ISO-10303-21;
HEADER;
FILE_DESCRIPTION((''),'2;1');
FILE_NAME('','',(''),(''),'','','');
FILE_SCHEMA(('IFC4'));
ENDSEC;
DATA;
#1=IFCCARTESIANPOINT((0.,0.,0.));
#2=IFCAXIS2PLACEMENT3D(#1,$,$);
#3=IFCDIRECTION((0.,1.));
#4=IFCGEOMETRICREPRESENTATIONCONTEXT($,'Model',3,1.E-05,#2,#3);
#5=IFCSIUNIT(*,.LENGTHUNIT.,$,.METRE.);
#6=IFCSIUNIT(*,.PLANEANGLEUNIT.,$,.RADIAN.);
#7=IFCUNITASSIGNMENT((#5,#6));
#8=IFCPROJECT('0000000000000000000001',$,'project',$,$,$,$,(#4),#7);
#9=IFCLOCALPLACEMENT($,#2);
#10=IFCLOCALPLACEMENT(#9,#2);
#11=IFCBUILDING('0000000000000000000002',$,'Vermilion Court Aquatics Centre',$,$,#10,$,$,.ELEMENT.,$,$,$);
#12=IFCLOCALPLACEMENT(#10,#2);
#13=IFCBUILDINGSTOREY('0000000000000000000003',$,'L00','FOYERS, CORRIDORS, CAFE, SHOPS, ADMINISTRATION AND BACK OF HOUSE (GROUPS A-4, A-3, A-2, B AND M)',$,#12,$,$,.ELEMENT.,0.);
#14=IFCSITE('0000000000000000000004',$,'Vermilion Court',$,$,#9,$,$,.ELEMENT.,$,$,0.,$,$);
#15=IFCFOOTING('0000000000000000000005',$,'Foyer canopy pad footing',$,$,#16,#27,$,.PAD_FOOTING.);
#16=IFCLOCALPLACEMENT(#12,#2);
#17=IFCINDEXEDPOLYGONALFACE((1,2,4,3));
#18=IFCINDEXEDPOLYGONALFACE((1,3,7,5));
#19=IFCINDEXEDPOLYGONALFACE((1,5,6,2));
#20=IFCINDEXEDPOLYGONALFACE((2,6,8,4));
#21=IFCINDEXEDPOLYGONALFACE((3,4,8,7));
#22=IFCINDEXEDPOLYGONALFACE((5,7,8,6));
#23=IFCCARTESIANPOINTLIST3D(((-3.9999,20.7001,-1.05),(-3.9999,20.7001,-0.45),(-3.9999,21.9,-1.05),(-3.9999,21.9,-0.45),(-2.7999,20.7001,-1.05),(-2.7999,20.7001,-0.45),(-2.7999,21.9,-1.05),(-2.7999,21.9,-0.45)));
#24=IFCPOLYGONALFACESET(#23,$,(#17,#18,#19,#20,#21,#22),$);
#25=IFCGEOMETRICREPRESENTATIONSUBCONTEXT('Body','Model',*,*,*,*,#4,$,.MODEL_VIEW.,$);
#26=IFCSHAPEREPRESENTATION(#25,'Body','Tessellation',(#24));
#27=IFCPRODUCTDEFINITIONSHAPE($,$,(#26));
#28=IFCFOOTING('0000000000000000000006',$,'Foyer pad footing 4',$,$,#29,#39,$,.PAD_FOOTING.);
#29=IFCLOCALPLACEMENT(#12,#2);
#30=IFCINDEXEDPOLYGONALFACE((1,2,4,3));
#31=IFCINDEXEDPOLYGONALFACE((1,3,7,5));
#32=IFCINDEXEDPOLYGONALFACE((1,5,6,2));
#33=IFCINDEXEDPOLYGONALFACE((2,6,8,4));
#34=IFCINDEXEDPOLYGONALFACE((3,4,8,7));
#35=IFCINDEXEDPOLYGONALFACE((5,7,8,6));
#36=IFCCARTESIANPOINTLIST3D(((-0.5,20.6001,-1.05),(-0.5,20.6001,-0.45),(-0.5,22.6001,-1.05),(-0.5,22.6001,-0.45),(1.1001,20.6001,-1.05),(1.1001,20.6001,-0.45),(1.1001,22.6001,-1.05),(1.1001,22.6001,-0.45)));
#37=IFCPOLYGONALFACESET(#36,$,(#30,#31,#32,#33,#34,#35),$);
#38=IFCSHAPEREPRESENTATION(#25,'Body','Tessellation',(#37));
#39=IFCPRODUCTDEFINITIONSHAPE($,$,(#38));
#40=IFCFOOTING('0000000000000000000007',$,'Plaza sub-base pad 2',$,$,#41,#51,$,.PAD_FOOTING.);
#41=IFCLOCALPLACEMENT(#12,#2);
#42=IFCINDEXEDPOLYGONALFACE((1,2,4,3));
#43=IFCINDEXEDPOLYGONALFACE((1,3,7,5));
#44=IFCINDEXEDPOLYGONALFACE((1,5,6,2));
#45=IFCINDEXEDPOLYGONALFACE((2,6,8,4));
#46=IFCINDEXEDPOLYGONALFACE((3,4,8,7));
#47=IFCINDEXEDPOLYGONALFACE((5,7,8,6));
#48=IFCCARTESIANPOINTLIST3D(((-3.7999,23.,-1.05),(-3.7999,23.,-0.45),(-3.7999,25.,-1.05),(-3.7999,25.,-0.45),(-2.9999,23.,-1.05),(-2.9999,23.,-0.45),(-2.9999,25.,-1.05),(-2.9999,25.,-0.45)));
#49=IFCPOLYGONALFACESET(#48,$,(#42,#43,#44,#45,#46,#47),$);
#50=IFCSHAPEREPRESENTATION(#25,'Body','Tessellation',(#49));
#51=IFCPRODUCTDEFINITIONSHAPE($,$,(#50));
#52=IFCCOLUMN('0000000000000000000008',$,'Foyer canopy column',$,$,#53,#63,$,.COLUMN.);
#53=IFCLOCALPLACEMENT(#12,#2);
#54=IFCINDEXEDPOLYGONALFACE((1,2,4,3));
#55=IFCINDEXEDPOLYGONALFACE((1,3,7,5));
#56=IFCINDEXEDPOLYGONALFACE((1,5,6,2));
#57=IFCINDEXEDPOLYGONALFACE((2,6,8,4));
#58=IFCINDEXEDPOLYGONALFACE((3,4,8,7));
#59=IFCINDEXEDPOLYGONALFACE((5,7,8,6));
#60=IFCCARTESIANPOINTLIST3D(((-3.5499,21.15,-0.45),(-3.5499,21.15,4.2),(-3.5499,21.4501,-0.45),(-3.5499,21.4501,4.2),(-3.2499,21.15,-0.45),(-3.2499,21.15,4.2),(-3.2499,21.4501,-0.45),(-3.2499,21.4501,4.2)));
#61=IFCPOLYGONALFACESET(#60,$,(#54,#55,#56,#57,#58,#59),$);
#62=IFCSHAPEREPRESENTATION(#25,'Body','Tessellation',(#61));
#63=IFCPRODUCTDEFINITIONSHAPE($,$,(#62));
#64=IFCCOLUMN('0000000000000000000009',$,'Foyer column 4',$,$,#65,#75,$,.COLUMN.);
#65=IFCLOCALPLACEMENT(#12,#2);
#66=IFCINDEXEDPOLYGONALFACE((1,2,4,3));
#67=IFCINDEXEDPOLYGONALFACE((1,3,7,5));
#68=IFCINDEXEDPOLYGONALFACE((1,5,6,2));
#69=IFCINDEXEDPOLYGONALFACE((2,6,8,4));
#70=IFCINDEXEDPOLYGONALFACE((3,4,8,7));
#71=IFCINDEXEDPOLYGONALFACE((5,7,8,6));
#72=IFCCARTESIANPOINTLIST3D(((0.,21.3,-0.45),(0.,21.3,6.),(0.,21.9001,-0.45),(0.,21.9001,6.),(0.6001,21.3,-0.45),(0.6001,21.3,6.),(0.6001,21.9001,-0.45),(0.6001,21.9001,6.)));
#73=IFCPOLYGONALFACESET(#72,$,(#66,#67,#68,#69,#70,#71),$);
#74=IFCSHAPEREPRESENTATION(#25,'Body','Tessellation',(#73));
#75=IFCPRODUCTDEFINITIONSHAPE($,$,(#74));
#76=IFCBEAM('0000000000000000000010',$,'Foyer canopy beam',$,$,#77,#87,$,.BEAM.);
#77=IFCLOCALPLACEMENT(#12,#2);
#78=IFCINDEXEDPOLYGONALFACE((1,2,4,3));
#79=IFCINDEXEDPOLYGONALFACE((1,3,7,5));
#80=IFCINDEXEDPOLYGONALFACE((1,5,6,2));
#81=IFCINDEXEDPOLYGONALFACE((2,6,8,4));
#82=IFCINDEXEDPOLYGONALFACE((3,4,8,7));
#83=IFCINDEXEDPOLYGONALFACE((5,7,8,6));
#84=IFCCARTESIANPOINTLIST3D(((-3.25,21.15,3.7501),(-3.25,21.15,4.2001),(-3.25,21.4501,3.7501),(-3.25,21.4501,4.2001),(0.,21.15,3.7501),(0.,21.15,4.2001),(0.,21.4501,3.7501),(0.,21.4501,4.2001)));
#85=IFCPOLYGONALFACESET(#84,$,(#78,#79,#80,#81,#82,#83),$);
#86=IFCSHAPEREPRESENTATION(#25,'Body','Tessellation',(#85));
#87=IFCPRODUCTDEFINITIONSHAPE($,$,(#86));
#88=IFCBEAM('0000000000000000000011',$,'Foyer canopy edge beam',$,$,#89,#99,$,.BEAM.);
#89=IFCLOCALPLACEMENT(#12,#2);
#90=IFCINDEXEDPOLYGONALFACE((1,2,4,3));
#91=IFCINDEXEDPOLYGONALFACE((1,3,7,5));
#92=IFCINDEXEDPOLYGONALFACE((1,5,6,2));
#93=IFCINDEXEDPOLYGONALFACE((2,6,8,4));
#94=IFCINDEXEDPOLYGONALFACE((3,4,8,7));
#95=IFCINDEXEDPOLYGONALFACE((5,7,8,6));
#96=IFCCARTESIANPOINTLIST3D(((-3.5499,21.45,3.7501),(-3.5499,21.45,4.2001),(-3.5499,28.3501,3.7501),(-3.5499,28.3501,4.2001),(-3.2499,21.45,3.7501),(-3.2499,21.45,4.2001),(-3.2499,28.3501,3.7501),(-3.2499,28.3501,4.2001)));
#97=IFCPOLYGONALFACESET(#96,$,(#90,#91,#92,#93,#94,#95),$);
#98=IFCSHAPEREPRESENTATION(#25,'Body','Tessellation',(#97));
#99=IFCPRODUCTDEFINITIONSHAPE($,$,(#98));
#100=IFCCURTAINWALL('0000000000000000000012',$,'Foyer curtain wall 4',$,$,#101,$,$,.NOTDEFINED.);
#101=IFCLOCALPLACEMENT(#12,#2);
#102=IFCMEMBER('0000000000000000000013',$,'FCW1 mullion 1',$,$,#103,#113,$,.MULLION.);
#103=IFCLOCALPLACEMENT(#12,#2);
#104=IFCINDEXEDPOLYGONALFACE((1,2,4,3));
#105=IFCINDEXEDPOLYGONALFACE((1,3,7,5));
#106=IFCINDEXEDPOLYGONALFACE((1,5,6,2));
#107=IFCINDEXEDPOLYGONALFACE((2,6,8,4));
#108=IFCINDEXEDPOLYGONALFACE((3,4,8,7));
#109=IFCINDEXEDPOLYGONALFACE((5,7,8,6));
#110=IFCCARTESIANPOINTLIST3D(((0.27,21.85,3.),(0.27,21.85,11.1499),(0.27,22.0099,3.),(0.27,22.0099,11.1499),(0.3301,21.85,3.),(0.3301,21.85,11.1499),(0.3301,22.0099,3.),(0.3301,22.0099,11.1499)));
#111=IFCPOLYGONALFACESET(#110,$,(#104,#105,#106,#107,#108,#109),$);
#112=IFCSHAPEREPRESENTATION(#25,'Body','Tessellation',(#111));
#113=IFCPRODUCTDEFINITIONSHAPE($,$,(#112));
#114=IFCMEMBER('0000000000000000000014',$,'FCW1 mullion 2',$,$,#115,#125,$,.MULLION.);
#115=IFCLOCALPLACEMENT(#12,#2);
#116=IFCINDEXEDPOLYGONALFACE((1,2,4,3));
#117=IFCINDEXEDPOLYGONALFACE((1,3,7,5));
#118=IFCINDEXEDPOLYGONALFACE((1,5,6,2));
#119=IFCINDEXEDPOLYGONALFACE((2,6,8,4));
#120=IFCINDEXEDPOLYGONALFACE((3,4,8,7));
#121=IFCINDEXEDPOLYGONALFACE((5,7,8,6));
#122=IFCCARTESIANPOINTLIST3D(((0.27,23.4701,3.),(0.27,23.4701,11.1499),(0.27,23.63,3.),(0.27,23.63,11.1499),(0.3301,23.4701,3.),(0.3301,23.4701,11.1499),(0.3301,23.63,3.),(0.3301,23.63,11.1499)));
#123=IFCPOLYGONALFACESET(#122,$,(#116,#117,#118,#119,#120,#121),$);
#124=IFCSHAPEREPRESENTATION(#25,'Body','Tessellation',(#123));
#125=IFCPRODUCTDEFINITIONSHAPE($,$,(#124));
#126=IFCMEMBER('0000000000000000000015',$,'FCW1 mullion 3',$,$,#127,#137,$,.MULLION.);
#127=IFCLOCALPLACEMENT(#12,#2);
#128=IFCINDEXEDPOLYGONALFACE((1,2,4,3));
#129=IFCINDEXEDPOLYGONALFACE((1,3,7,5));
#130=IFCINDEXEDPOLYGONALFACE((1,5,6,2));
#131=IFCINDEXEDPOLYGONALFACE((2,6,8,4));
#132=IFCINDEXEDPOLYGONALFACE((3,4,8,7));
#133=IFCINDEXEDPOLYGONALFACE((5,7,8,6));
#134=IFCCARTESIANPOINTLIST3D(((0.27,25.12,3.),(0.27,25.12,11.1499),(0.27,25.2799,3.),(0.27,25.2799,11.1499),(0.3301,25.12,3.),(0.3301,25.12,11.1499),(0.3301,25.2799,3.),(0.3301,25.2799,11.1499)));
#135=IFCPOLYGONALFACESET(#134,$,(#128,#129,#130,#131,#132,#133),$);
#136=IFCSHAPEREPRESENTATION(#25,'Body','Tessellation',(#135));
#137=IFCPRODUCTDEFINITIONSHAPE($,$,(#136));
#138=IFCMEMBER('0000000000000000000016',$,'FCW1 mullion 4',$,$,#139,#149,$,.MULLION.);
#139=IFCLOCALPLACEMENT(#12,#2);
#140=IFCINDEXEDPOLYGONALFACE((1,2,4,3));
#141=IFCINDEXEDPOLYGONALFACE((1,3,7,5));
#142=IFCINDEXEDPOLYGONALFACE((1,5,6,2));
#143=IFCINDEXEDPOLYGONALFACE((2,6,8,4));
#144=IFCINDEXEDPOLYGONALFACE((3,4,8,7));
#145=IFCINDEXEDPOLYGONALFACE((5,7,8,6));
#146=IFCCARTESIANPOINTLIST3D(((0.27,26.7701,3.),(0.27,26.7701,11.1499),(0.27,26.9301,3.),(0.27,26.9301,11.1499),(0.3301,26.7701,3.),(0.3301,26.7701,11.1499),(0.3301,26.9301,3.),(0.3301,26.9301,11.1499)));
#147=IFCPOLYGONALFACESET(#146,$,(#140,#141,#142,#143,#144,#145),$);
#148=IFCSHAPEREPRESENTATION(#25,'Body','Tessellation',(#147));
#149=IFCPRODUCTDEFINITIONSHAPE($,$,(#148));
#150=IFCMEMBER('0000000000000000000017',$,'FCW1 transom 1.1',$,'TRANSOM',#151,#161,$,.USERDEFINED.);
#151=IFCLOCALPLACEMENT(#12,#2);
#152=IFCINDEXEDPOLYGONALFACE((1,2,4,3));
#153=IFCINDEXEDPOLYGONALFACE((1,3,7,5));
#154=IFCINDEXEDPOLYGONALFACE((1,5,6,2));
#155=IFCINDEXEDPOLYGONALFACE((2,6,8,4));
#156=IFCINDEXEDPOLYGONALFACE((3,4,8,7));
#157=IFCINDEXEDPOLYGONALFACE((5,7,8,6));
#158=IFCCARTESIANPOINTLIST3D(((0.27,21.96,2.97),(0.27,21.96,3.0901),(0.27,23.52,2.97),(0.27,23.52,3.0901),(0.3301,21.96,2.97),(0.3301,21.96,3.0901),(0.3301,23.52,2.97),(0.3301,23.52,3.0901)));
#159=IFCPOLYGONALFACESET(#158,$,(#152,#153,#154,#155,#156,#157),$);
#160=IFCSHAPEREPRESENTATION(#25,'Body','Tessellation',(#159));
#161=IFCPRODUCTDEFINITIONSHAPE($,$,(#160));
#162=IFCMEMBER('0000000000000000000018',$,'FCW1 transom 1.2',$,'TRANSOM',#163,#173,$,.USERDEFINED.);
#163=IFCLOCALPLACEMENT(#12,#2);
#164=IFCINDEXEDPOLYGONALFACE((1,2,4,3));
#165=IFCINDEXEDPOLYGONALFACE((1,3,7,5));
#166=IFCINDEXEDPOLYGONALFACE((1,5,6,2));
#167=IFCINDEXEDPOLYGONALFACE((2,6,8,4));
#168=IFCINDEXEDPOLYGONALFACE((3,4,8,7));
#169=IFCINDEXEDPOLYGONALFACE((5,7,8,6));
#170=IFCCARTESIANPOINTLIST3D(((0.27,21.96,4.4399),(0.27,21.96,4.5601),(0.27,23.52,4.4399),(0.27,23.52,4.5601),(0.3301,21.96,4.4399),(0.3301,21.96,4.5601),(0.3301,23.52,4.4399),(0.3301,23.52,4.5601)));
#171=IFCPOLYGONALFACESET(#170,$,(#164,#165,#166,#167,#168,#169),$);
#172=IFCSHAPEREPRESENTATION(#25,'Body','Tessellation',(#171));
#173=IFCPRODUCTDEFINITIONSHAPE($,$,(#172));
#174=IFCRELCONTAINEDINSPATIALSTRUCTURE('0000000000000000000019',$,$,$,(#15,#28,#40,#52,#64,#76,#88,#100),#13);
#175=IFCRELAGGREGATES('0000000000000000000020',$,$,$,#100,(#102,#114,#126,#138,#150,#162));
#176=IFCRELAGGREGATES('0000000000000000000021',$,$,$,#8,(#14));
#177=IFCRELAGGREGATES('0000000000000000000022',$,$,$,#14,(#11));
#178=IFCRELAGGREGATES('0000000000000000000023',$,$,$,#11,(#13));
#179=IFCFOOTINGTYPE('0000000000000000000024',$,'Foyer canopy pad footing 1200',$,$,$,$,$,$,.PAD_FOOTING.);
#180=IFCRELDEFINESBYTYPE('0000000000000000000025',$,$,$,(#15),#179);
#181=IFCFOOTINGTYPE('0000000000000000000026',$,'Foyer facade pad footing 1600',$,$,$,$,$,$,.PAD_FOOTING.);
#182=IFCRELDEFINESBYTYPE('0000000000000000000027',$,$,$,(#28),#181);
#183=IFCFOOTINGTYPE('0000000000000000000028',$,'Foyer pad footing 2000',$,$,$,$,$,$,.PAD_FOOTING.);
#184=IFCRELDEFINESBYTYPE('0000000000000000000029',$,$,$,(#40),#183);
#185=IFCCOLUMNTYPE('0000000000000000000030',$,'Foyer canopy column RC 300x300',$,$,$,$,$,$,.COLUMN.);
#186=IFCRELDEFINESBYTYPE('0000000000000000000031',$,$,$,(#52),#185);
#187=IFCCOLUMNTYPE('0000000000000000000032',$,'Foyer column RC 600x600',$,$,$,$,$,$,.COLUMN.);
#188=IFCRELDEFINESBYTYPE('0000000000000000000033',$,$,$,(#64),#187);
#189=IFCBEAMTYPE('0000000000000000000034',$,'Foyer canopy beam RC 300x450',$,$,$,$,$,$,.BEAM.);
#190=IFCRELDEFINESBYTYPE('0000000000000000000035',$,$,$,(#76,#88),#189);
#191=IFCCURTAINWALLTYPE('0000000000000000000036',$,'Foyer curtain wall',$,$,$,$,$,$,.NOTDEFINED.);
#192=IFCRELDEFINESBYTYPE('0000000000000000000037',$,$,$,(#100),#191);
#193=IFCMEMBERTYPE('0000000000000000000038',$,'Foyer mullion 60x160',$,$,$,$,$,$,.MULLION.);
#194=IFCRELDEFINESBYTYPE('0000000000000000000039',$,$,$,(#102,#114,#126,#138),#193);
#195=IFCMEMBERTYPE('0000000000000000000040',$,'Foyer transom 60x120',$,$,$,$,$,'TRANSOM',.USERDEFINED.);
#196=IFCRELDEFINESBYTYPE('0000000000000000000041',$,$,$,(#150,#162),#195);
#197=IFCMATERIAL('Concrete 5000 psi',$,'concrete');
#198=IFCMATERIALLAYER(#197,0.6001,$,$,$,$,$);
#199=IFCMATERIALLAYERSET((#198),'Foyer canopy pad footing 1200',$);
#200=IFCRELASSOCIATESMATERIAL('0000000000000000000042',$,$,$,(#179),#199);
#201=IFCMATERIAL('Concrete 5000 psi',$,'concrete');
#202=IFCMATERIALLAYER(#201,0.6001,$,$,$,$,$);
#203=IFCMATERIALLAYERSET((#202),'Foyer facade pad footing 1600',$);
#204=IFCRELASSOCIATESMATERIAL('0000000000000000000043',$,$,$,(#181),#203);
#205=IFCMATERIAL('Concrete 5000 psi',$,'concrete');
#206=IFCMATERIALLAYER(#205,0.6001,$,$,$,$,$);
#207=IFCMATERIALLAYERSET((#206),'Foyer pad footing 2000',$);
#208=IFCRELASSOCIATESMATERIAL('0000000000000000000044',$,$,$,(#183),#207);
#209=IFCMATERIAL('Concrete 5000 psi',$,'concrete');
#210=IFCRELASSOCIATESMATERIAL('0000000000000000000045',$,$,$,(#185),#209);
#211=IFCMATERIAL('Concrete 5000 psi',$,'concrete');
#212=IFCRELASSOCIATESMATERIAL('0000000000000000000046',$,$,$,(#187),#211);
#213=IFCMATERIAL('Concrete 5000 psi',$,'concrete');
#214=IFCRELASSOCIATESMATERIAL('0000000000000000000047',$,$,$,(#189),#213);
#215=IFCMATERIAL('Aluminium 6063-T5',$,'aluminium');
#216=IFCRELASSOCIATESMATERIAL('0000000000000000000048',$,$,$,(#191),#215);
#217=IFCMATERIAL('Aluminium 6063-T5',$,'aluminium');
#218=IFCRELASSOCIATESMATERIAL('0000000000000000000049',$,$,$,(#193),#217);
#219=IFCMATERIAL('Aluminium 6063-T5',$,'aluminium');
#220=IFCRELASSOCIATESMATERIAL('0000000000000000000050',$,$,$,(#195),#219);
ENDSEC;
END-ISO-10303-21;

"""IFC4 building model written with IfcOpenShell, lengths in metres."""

from ifc_helpers import new_model, si_unit, direction, frame, origin, origin_2d, place, context, subcontext, project, spatial, rectangle, extrude, material, layer, layer_set, material_profile, profile_set, type_object, element, aggregate, save


model = new_model("IFC4")

# Units and contexts
model_context = context("Model", 3, precision=1e-05, world=origin(), true_north=direction((0.0, 1.0)))
body_context = subcontext(model_context, "Body", "Model", "MODEL_VIEW")
ifc_project = project(units=[si_unit("LENGTHUNIT", "METRE"), si_unit("PLANEANGLEUNIT", "RADIAN")], contexts=[model_context])

# Site, building, storey
site_placement = place(None, origin())
site = spatial("IfcSite", under=ifc_project, at=site_placement, Name="Vermilion Court", CompositionType="ELEMENT", RefElevation=0.0)
building_placement = place(site_placement, origin())
building = spatial("IfcBuilding", under=site, at=building_placement, Name="Vermilion Court Aquatics Centre", CompositionType="ELEMENT")
storey_placement = place(building_placement, origin())
storey = spatial("IfcBuildingStorey", under=building, at=storey_placement, Name="L00", Description="FOYERS, CORRIDORS, CAFE, SHOPS, ADMINISTRATION AND BACK OF HOUSE (GROUPS A-4, A-3, A-2, B AND M)", CompositionType="ELEMENT", Elevation=0.0)

# Footings
ifc_material_1 = material(Name="Concrete 5000 psi", Category="concrete")
ifc_layer_1 = layer(ifc_material_1, 0.6001)
ifc_layer_set_1 = layer_set([ifc_layer_1], Name="Foyer canopy pad footing 1200")
footing_type_1 = type_object("IfcFootingType", Name="Foyer canopy pad footing 1200", PredefinedType="PAD_FOOTING", material=ifc_layer_set_1)
footing_1_placement = place(storey_placement, frame((-3.3999, 21.3, -1.05), z_axis=(0.0, 0.0, 1.0), x_axis=(1.0, 0.0, 0.0)))
element("IfcFooting", 1, at=footing_1_placement, inside=storey, type_object=footing_type_1, Name="Foyer canopy pad footing", PredefinedType="PAD_FOOTING", context=body_context, shape_type="SweptSolid", body=[
    extrude(rectangle(XDim=1.2, YDim=1.2, at=origin_2d()), origin(), (0.0, 0.0, 1.0), 0.6001),
])
ifc_material_2 = material(Name="Concrete 5000 psi", Category="concrete")
ifc_layer_2 = layer(ifc_material_2, 0.6001)
ifc_layer_set_2 = layer_set([ifc_layer_2], Name="Foyer facade pad footing 1600")
footing_type_2 = type_object("IfcFootingType", Name="Foyer facade pad footing 1600", PredefinedType="PAD_FOOTING", material=ifc_layer_set_2)
footing_2_placement = place(storey_placement, frame((0.3, 21.6001, -1.05), z_axis=(0.0, 0.0, 1.0), x_axis=(1.0, 0.0, 0.0)))
element("IfcFooting", 2, at=footing_2_placement, inside=storey, type_object=footing_type_2, Name="Foyer pad footing 4", PredefinedType="PAD_FOOTING", context=body_context, shape_type="SweptSolid", body=[
    extrude(rectangle(XDim=1.6001, YDim=2.0, at=origin_2d()), origin(), (0.0, 0.0, 1.0), 0.6001),
])
ifc_material_3 = material(Name="Concrete 5000 psi", Category="concrete")
ifc_layer_3 = layer(ifc_material_3, 0.6001)
ifc_layer_set_3 = layer_set([ifc_layer_3], Name="Foyer pad footing 2000")
footing_type_3 = type_object("IfcFootingType", Name="Foyer pad footing 2000", PredefinedType="PAD_FOOTING", material=ifc_layer_set_3)
footing_3_placement = place(storey_placement, frame((-3.3999, 24.0, -1.05), z_axis=(0.0, 0.0, 1.0), x_axis=(1.0, 0.0, 0.0)))
element("IfcFooting", 3, at=footing_3_placement, inside=storey, type_object=footing_type_3, Name="Plaza sub-base pad 2", PredefinedType="PAD_FOOTING", context=body_context, shape_type="SweptSolid", body=[
    extrude(rectangle(XDim=0.8, YDim=2.0, at=origin_2d()), origin(), (0.0, 0.0, 1.0), 0.6001),
])

# Columns
ifc_material_4 = material(Name="Concrete 5000 psi", Category="concrete")
ifc_material_profile_1 = material_profile(ifc_material_4, rectangle(XDim=0.3, YDim=0.3, at=origin_2d()), Name="RC 300x300")
ifc_profile_set_1 = profile_set([ifc_material_profile_1], Name="Concrete 5000 psi")
column_type_1 = type_object("IfcColumnType", Name="Foyer canopy column RC 300x300", PredefinedType="COLUMN", material=ifc_profile_set_1)
column_1_placement = place(storey_placement, frame((-3.3999, 21.3, -0.45), z_axis=(0.0, 0.0, 1.0), x_axis=(1.0, 0.0, 0.0)))
element("IfcColumn", 4, at=column_1_placement, inside=storey, type_object=column_type_1, Name="Foyer canopy column", PredefinedType="COLUMN", context=body_context, shape_type="SweptSolid", body=[
    extrude(rectangle(XDim=0.3, YDim=0.3, at=origin_2d()), origin(), (0.0, 0.0, 1.0), 4.6499),
])
ifc_material_5 = material(Name="Concrete 5000 psi", Category="concrete")
ifc_material_profile_2 = material_profile(ifc_material_5, rectangle(XDim=0.6001, YDim=0.6001, at=origin_2d()), Name="RC 600x600")
ifc_profile_set_2 = profile_set([ifc_material_profile_2], Name="Concrete 5000 psi")
column_type_2 = type_object("IfcColumnType", Name="Foyer column RC 600x600", PredefinedType="COLUMN", material=ifc_profile_set_2)
column_2_placement = place(storey_placement, frame((0.3, 21.6001, -0.45), z_axis=(0.0, 0.0, 1.0), x_axis=(1.0, 0.0, 0.0)))
element("IfcColumn", 5, at=column_2_placement, inside=storey, type_object=column_type_2, Name="Foyer column 4", PredefinedType="COLUMN", context=body_context, shape_type="SweptSolid", body=[
    extrude(rectangle(XDim=0.6001, YDim=0.6001, at=origin_2d()), origin(), (0.0, 0.0, 1.0), 6.45),
])

# Beams
ifc_material_6 = material(Name="Concrete 5000 psi", Category="concrete")
ifc_material_profile_3 = material_profile(ifc_material_6, rectangle(XDim=0.3, YDim=0.45, at=origin_2d()), Name="RC 300x450")
ifc_profile_set_3 = profile_set([ifc_material_profile_3], Name="Concrete 5000 psi")
beam_type = type_object("IfcBeamType", Name="Foyer canopy beam RC 300x450", PredefinedType="BEAM", material=ifc_profile_set_3)
beam_1_placement = place(storey_placement, frame((-3.25, 21.3, 3.9751), z_axis=(1.0, 0.0, 0.0), x_axis=(0.0, 1.0, 0.0)))
element("IfcBeam", 6, at=beam_1_placement, inside=storey, type_object=beam_type, Name="Foyer canopy beam", PredefinedType="BEAM", context=body_context, shape_type="SweptSolid", body=[
    extrude(rectangle(XDim=0.3, YDim=0.45, at=origin_2d()), origin(), (0.0, 0.0, 1.0), 3.25),
])
beam_2_placement = place(storey_placement, frame((-3.3999, 21.45, 3.9751), z_axis=(0.0, 1.0, 0.0), x_axis=(-1.0, 0.0, 0.0)))
element("IfcBeam", 7, at=beam_2_placement, inside=storey, type_object=beam_type, Name="Foyer canopy edge beam", PredefinedType="BEAM", context=body_context, shape_type="SweptSolid", body=[
    extrude(rectangle(XDim=0.3, YDim=0.45, at=origin_2d()), origin(), (0.0, 0.0, 1.0), 6.9001),
])

# Curtain wall, members
ifc_material_7 = material(Name="Aluminium 6063-T5", Category="aluminium")
curtain_wall_type = type_object("IfcCurtainWallType", Name="Foyer curtain wall", PredefinedType="NOTDEFINED", material=ifc_material_7)
curtain_wall_placement = place(storey_placement, origin())
curtain_wall = element("IfcCurtainWall", 8, at=curtain_wall_placement, inside=storey, type_object=curtain_wall_type, Name="Foyer curtain wall 4", PredefinedType="NOTDEFINED")
ifc_material_8 = material(Name="Aluminium 6063-T5", Category="aluminium")
ifc_material_profile_4 = material_profile(ifc_material_8, rectangle(XDim=0.0601, YDim=0.1599, at=origin_2d()), Name="Aluminium 60x160")
ifc_profile_set_4 = profile_set([ifc_material_profile_4], Name="Aluminium 6063-T5")
member_type_1 = type_object("IfcMemberType", Name="Foyer mullion 60x160", PredefinedType="MULLION", material=ifc_profile_set_4)
member_1_placement = place(storey_placement, frame((0.3, 21.9299, 3.0), z_axis=(0.0, 0.0, 1.0), x_axis=(-1.0, 0.0, 0.0)))
member_1 = element("IfcMember", 9, at=member_1_placement, type_object=member_type_1, Name="FCW1 mullion 1", PredefinedType="MULLION", context=body_context, shape_type="SweptSolid", body=[
    extrude(rectangle(XDim=0.0601, YDim=0.1599, at=origin_2d()), origin(), (0.0, 0.0, 1.0), 8.1499),
])
member_2_placement = place(storey_placement, frame((0.3, 23.55, 3.0), z_axis=(0.0, 0.0, 1.0), x_axis=(-1.0, 0.0, 0.0)))
member_2 = element("IfcMember", 10, at=member_2_placement, type_object=member_type_1, Name="FCW1 mullion 2", PredefinedType="MULLION", context=body_context, shape_type="SweptSolid", body=[
    extrude(rectangle(XDim=0.0601, YDim=0.1599, at=origin_2d()), origin(), (0.0, 0.0, 1.0), 8.1499),
])
member_3_placement = place(storey_placement, frame((0.3, 25.2, 3.0), z_axis=(0.0, 0.0, 1.0), x_axis=(-1.0, 0.0, 0.0)))
member_3 = element("IfcMember", 11, at=member_3_placement, type_object=member_type_1, Name="FCW1 mullion 3", PredefinedType="MULLION", context=body_context, shape_type="SweptSolid", body=[
    extrude(rectangle(XDim=0.0601, YDim=0.1599, at=origin_2d()), origin(), (0.0, 0.0, 1.0), 8.1499),
])
member_4_placement = place(storey_placement, frame((0.3, 26.8501, 3.0), z_axis=(0.0, 0.0, 1.0), x_axis=(-1.0, 0.0, 0.0)))
member_4 = element("IfcMember", 12, at=member_4_placement, type_object=member_type_1, Name="FCW1 mullion 4", PredefinedType="MULLION", context=body_context, shape_type="SweptSolid", body=[
    extrude(rectangle(XDim=0.0601, YDim=0.1599, at=origin_2d()), origin(), (0.0, 0.0, 1.0), 8.1499),
])
ifc_material_9 = material(Name="Aluminium 6063-T5", Category="aluminium")
ifc_material_profile_5 = material_profile(ifc_material_9, rectangle(XDim=0.0601, YDim=0.1201, at=origin_2d()), Name="Aluminium 60x120")
ifc_profile_set_5 = profile_set([ifc_material_profile_5], Name="Aluminium 6063-T5")
member_type_2 = type_object("IfcMemberType", Name="Foyer transom 60x120", ElementType="TRANSOM", PredefinedType="USERDEFINED", material=ifc_profile_set_5)
member_5_placement = place(storey_placement, frame((0.3, 21.96, 3.03), z_axis=(0.0, 1.0, 0.0), x_axis=(-1.0, 0.0, 0.0)))
member_5 = element("IfcMember", 13, at=member_5_placement, type_object=member_type_2, Name="FCW1 transom 1.1", ObjectType="TRANSOM", PredefinedType="USERDEFINED", context=body_context, shape_type="SweptSolid", body=[
    extrude(rectangle(XDim=0.0601, YDim=0.1201, at=origin_2d()), origin(), (0.0, 0.0, 1.0), 1.5601),
])
member_6_placement = place(storey_placement, frame((0.3, 21.96, 4.5), z_axis=(0.0, 1.0, 0.0), x_axis=(-1.0, 0.0, 0.0)))
member_6 = element("IfcMember", 14, at=member_6_placement, type_object=member_type_2, Name="FCW1 transom 1.2", ObjectType="TRANSOM", PredefinedType="USERDEFINED", context=body_context, shape_type="SweptSolid", body=[
    extrude(rectangle(XDim=0.0601, YDim=0.1201, at=origin_2d()), origin(), (0.0, 0.0, 1.0), 1.5601),
])
aggregate(curtain_wall, [member_1, member_2, member_3, member_4, member_5, member_6])

save(model, "model.ifc")
